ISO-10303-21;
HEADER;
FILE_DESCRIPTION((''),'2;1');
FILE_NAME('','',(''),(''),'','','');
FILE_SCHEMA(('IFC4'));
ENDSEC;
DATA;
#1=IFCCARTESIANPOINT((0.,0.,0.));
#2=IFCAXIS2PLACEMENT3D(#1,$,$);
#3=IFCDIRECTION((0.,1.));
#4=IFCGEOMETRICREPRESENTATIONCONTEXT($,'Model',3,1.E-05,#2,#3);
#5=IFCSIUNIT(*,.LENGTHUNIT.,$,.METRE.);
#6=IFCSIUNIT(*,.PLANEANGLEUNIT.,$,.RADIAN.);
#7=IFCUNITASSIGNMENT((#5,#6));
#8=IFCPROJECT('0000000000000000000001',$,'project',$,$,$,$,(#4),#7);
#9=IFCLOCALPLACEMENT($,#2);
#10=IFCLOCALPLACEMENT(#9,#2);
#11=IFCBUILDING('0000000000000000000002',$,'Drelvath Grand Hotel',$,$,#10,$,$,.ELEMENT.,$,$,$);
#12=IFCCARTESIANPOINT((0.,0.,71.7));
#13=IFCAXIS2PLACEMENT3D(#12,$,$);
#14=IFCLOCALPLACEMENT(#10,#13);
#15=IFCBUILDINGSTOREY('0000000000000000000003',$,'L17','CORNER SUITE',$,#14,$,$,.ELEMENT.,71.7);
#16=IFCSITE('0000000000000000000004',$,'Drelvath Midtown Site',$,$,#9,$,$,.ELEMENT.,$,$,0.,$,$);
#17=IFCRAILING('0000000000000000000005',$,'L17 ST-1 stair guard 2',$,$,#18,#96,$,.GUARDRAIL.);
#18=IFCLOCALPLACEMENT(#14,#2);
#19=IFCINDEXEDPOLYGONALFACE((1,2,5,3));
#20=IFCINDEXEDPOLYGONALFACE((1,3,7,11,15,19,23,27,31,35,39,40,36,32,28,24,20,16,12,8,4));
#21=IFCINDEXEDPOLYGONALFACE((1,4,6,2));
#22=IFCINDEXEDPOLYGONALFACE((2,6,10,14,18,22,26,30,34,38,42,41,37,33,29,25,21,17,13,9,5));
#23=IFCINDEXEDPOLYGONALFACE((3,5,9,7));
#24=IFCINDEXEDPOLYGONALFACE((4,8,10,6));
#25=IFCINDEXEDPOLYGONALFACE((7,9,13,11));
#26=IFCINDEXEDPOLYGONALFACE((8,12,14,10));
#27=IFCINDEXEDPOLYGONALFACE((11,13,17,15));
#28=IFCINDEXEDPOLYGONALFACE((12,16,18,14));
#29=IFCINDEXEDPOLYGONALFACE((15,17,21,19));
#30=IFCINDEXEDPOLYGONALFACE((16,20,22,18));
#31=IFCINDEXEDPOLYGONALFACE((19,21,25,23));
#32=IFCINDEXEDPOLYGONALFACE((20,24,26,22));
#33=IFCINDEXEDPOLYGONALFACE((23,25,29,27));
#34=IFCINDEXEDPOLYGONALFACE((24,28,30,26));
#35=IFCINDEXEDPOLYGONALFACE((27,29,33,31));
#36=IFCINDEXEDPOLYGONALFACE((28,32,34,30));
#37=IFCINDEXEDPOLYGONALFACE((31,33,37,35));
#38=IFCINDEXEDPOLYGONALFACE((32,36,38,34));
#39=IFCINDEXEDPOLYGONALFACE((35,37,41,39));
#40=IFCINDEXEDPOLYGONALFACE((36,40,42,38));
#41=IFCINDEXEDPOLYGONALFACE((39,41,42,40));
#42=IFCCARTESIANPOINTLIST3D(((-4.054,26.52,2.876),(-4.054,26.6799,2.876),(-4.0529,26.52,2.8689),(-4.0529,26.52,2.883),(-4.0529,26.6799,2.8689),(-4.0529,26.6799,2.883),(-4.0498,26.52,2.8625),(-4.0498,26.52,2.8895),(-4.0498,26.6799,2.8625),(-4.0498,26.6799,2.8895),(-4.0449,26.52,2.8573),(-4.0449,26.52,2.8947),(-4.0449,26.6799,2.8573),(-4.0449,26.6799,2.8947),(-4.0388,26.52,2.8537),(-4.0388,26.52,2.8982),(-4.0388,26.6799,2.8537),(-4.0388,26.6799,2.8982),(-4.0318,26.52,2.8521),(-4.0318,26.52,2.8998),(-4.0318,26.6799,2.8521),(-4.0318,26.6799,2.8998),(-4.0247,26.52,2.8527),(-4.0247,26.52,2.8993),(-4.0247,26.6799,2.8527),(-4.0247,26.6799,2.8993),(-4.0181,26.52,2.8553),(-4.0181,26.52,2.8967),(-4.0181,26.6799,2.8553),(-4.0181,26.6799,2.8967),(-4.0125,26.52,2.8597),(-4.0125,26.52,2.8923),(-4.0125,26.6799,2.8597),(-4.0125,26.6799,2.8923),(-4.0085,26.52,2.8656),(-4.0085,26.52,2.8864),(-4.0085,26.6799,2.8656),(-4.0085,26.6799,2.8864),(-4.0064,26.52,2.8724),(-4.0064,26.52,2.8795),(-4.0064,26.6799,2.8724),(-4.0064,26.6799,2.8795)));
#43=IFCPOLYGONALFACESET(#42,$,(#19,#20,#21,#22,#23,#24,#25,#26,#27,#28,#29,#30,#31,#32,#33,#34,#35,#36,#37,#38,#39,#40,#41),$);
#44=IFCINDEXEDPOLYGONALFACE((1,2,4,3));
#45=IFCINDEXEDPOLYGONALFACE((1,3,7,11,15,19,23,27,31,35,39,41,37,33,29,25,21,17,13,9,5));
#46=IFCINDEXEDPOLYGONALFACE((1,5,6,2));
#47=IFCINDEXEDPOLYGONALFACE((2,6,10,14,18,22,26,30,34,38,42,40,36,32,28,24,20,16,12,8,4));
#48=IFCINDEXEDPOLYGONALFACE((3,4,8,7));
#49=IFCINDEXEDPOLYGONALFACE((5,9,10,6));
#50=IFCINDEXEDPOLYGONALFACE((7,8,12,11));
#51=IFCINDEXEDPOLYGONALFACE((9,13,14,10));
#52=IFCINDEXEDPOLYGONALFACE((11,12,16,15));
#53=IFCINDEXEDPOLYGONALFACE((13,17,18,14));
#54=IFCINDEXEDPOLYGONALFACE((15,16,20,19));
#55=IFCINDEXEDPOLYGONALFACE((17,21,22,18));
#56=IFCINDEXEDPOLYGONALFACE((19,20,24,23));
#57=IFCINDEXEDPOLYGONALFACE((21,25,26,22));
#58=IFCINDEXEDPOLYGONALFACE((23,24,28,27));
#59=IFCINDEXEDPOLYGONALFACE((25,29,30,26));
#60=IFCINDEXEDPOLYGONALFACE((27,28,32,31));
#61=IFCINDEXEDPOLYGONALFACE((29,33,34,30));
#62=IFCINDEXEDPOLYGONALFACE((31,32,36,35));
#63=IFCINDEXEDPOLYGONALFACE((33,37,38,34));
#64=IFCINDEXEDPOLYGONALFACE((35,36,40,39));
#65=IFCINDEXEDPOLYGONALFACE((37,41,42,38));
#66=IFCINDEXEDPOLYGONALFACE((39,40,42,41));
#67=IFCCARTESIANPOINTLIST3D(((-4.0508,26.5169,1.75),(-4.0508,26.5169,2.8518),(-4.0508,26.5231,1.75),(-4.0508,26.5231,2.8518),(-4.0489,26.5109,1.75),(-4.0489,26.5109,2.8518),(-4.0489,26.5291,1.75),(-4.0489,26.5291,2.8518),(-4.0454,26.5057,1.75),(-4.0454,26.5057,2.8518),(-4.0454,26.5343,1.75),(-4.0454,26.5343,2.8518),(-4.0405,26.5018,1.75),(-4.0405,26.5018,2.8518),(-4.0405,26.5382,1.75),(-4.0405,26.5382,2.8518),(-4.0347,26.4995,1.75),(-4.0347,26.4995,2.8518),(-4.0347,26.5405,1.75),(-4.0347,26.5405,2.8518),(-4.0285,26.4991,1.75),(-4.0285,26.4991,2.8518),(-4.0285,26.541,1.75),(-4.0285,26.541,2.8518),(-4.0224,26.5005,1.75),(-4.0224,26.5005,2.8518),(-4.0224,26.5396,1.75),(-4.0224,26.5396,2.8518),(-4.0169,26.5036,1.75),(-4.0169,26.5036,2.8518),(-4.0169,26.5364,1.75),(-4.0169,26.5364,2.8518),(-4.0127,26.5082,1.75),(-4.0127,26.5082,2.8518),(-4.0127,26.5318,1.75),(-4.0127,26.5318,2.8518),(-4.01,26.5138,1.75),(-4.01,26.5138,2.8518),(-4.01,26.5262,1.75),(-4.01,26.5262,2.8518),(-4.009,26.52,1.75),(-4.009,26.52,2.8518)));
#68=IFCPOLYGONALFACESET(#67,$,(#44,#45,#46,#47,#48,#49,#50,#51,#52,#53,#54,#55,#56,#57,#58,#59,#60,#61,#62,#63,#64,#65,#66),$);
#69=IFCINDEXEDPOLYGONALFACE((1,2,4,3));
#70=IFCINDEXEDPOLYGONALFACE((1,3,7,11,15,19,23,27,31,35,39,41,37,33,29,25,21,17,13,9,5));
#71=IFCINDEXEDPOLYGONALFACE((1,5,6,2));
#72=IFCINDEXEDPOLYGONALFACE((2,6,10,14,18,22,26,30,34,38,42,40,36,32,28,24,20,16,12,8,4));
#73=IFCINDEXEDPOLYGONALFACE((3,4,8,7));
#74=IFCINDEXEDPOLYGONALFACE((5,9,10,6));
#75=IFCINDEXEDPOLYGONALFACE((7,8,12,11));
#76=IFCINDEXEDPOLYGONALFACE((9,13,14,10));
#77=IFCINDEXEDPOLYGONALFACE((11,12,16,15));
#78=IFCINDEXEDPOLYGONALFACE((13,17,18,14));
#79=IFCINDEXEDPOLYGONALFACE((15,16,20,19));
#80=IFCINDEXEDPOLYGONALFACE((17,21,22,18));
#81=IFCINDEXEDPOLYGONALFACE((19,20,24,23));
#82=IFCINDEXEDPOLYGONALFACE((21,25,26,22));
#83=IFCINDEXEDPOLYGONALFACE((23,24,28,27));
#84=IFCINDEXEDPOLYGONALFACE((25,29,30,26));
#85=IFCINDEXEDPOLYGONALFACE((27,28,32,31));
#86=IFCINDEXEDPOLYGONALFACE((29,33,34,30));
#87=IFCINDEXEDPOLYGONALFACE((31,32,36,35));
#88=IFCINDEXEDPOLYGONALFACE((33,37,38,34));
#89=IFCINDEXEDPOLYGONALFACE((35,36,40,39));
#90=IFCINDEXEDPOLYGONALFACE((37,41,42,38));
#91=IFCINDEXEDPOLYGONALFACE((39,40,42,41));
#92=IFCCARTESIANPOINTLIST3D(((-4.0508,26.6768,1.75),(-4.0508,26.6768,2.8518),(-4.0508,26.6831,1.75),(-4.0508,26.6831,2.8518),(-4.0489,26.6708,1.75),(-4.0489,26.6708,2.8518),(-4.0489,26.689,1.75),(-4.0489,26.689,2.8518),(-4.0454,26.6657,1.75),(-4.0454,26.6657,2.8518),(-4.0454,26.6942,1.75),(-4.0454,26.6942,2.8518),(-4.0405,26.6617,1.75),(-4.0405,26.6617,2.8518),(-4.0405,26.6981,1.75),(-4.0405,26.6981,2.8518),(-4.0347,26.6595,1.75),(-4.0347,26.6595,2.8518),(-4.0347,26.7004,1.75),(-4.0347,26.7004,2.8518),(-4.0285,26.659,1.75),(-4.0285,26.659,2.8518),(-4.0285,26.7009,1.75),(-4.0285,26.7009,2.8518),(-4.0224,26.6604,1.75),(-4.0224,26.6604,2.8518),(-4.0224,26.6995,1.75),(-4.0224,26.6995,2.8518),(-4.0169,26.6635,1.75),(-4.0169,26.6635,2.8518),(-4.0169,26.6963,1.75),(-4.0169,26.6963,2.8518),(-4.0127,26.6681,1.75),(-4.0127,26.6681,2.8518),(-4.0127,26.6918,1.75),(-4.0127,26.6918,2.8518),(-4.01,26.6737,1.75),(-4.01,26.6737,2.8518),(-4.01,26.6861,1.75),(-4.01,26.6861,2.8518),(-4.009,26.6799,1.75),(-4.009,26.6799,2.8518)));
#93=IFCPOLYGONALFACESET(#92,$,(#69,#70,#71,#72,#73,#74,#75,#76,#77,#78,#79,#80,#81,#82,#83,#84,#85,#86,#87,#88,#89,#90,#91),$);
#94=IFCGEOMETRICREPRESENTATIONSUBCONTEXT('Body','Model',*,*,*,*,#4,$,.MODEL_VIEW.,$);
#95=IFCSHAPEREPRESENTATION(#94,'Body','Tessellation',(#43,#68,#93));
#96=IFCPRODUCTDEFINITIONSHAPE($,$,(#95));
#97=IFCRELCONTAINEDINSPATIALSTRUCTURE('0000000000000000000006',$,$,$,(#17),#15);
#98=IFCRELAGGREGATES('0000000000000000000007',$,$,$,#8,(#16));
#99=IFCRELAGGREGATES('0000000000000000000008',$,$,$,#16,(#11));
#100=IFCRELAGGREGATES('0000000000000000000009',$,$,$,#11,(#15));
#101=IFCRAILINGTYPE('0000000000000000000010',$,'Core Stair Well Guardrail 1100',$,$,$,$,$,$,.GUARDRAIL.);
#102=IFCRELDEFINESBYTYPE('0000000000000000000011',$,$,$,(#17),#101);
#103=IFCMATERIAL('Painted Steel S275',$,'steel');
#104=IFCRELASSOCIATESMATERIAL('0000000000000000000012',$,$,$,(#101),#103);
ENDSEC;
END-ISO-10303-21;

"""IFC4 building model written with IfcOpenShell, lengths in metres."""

from ifc_helpers import new_model, si_unit, direction, frame, origin, origin_2d, place, context, subcontext, project, spatial, circle, extrude, material, type_object, element, save


model = new_model("IFC4")

# Units and contexts
model_context = context("Model", 3, precision=1e-05, world=origin(), true_north=direction((0.0, 1.0)))
body_context = subcontext(model_context, "Body", "Model", "MODEL_VIEW")
ifc_project = project(units=[si_unit("LENGTHUNIT", "METRE"), si_unit("PLANEANGLEUNIT", "RADIAN")], contexts=[model_context])

# Site, building, storey
site_placement = place(None, origin())
site = spatial("IfcSite", under=ifc_project, at=site_placement, Name="Drelvath Midtown Site", CompositionType="ELEMENT", RefElevation=0.0)
building_placement = place(site_placement, origin())
building = spatial("IfcBuilding", under=site, at=building_placement, Name="Drelvath Grand Hotel", CompositionType="ELEMENT")
storey_placement = place(building_placement, frame((0.0, 0.0, 71.7)))
storey = spatial("IfcBuildingStorey", under=building, at=storey_placement, Name="L17", Description="CORNER SUITE", CompositionType="ELEMENT", Elevation=71.7)

# Shared definitions
ifc_material_1 = material(Name="Painted Steel S275", Category="steel")

# Railing
railing_type_1 = type_object("IfcRailingType", Name="Core Stair Well Guardrail 1100", PredefinedType="GUARDRAIL", material=ifc_material_1)
railing_1_placement = place(storey_placement, frame((-4.03, 26.52, 1.75)))
element("IfcRailing", 1, at=railing_1_placement, inside=storey, type_object=railing_type_1, Name="L17 ST-1 stair guard 2", PredefinedType="GUARDRAIL", context=body_context, shape_type="SweptSolid", body=[
    extrude(circle(Radius=0.0239, at=origin_2d()), frame((0.0, 0.0, 1.126), z_axis=(0.0, 1.0, 0.0), x_axis=(-1.0, 0.0, 0.0)), (0.0, 0.0, 1.0), 0.1599),
    extrude(circle(Radius=0.021, at=origin_2d()), origin(), (0.0, 0.0, 1.0), 1.1018),
    extrude(circle(Radius=0.021, at=origin_2d()), frame((0.0, 0.1599, 0.0)), (0.0, 0.0, 1.0), 1.1018),
])

save(model, "model.ifc")
